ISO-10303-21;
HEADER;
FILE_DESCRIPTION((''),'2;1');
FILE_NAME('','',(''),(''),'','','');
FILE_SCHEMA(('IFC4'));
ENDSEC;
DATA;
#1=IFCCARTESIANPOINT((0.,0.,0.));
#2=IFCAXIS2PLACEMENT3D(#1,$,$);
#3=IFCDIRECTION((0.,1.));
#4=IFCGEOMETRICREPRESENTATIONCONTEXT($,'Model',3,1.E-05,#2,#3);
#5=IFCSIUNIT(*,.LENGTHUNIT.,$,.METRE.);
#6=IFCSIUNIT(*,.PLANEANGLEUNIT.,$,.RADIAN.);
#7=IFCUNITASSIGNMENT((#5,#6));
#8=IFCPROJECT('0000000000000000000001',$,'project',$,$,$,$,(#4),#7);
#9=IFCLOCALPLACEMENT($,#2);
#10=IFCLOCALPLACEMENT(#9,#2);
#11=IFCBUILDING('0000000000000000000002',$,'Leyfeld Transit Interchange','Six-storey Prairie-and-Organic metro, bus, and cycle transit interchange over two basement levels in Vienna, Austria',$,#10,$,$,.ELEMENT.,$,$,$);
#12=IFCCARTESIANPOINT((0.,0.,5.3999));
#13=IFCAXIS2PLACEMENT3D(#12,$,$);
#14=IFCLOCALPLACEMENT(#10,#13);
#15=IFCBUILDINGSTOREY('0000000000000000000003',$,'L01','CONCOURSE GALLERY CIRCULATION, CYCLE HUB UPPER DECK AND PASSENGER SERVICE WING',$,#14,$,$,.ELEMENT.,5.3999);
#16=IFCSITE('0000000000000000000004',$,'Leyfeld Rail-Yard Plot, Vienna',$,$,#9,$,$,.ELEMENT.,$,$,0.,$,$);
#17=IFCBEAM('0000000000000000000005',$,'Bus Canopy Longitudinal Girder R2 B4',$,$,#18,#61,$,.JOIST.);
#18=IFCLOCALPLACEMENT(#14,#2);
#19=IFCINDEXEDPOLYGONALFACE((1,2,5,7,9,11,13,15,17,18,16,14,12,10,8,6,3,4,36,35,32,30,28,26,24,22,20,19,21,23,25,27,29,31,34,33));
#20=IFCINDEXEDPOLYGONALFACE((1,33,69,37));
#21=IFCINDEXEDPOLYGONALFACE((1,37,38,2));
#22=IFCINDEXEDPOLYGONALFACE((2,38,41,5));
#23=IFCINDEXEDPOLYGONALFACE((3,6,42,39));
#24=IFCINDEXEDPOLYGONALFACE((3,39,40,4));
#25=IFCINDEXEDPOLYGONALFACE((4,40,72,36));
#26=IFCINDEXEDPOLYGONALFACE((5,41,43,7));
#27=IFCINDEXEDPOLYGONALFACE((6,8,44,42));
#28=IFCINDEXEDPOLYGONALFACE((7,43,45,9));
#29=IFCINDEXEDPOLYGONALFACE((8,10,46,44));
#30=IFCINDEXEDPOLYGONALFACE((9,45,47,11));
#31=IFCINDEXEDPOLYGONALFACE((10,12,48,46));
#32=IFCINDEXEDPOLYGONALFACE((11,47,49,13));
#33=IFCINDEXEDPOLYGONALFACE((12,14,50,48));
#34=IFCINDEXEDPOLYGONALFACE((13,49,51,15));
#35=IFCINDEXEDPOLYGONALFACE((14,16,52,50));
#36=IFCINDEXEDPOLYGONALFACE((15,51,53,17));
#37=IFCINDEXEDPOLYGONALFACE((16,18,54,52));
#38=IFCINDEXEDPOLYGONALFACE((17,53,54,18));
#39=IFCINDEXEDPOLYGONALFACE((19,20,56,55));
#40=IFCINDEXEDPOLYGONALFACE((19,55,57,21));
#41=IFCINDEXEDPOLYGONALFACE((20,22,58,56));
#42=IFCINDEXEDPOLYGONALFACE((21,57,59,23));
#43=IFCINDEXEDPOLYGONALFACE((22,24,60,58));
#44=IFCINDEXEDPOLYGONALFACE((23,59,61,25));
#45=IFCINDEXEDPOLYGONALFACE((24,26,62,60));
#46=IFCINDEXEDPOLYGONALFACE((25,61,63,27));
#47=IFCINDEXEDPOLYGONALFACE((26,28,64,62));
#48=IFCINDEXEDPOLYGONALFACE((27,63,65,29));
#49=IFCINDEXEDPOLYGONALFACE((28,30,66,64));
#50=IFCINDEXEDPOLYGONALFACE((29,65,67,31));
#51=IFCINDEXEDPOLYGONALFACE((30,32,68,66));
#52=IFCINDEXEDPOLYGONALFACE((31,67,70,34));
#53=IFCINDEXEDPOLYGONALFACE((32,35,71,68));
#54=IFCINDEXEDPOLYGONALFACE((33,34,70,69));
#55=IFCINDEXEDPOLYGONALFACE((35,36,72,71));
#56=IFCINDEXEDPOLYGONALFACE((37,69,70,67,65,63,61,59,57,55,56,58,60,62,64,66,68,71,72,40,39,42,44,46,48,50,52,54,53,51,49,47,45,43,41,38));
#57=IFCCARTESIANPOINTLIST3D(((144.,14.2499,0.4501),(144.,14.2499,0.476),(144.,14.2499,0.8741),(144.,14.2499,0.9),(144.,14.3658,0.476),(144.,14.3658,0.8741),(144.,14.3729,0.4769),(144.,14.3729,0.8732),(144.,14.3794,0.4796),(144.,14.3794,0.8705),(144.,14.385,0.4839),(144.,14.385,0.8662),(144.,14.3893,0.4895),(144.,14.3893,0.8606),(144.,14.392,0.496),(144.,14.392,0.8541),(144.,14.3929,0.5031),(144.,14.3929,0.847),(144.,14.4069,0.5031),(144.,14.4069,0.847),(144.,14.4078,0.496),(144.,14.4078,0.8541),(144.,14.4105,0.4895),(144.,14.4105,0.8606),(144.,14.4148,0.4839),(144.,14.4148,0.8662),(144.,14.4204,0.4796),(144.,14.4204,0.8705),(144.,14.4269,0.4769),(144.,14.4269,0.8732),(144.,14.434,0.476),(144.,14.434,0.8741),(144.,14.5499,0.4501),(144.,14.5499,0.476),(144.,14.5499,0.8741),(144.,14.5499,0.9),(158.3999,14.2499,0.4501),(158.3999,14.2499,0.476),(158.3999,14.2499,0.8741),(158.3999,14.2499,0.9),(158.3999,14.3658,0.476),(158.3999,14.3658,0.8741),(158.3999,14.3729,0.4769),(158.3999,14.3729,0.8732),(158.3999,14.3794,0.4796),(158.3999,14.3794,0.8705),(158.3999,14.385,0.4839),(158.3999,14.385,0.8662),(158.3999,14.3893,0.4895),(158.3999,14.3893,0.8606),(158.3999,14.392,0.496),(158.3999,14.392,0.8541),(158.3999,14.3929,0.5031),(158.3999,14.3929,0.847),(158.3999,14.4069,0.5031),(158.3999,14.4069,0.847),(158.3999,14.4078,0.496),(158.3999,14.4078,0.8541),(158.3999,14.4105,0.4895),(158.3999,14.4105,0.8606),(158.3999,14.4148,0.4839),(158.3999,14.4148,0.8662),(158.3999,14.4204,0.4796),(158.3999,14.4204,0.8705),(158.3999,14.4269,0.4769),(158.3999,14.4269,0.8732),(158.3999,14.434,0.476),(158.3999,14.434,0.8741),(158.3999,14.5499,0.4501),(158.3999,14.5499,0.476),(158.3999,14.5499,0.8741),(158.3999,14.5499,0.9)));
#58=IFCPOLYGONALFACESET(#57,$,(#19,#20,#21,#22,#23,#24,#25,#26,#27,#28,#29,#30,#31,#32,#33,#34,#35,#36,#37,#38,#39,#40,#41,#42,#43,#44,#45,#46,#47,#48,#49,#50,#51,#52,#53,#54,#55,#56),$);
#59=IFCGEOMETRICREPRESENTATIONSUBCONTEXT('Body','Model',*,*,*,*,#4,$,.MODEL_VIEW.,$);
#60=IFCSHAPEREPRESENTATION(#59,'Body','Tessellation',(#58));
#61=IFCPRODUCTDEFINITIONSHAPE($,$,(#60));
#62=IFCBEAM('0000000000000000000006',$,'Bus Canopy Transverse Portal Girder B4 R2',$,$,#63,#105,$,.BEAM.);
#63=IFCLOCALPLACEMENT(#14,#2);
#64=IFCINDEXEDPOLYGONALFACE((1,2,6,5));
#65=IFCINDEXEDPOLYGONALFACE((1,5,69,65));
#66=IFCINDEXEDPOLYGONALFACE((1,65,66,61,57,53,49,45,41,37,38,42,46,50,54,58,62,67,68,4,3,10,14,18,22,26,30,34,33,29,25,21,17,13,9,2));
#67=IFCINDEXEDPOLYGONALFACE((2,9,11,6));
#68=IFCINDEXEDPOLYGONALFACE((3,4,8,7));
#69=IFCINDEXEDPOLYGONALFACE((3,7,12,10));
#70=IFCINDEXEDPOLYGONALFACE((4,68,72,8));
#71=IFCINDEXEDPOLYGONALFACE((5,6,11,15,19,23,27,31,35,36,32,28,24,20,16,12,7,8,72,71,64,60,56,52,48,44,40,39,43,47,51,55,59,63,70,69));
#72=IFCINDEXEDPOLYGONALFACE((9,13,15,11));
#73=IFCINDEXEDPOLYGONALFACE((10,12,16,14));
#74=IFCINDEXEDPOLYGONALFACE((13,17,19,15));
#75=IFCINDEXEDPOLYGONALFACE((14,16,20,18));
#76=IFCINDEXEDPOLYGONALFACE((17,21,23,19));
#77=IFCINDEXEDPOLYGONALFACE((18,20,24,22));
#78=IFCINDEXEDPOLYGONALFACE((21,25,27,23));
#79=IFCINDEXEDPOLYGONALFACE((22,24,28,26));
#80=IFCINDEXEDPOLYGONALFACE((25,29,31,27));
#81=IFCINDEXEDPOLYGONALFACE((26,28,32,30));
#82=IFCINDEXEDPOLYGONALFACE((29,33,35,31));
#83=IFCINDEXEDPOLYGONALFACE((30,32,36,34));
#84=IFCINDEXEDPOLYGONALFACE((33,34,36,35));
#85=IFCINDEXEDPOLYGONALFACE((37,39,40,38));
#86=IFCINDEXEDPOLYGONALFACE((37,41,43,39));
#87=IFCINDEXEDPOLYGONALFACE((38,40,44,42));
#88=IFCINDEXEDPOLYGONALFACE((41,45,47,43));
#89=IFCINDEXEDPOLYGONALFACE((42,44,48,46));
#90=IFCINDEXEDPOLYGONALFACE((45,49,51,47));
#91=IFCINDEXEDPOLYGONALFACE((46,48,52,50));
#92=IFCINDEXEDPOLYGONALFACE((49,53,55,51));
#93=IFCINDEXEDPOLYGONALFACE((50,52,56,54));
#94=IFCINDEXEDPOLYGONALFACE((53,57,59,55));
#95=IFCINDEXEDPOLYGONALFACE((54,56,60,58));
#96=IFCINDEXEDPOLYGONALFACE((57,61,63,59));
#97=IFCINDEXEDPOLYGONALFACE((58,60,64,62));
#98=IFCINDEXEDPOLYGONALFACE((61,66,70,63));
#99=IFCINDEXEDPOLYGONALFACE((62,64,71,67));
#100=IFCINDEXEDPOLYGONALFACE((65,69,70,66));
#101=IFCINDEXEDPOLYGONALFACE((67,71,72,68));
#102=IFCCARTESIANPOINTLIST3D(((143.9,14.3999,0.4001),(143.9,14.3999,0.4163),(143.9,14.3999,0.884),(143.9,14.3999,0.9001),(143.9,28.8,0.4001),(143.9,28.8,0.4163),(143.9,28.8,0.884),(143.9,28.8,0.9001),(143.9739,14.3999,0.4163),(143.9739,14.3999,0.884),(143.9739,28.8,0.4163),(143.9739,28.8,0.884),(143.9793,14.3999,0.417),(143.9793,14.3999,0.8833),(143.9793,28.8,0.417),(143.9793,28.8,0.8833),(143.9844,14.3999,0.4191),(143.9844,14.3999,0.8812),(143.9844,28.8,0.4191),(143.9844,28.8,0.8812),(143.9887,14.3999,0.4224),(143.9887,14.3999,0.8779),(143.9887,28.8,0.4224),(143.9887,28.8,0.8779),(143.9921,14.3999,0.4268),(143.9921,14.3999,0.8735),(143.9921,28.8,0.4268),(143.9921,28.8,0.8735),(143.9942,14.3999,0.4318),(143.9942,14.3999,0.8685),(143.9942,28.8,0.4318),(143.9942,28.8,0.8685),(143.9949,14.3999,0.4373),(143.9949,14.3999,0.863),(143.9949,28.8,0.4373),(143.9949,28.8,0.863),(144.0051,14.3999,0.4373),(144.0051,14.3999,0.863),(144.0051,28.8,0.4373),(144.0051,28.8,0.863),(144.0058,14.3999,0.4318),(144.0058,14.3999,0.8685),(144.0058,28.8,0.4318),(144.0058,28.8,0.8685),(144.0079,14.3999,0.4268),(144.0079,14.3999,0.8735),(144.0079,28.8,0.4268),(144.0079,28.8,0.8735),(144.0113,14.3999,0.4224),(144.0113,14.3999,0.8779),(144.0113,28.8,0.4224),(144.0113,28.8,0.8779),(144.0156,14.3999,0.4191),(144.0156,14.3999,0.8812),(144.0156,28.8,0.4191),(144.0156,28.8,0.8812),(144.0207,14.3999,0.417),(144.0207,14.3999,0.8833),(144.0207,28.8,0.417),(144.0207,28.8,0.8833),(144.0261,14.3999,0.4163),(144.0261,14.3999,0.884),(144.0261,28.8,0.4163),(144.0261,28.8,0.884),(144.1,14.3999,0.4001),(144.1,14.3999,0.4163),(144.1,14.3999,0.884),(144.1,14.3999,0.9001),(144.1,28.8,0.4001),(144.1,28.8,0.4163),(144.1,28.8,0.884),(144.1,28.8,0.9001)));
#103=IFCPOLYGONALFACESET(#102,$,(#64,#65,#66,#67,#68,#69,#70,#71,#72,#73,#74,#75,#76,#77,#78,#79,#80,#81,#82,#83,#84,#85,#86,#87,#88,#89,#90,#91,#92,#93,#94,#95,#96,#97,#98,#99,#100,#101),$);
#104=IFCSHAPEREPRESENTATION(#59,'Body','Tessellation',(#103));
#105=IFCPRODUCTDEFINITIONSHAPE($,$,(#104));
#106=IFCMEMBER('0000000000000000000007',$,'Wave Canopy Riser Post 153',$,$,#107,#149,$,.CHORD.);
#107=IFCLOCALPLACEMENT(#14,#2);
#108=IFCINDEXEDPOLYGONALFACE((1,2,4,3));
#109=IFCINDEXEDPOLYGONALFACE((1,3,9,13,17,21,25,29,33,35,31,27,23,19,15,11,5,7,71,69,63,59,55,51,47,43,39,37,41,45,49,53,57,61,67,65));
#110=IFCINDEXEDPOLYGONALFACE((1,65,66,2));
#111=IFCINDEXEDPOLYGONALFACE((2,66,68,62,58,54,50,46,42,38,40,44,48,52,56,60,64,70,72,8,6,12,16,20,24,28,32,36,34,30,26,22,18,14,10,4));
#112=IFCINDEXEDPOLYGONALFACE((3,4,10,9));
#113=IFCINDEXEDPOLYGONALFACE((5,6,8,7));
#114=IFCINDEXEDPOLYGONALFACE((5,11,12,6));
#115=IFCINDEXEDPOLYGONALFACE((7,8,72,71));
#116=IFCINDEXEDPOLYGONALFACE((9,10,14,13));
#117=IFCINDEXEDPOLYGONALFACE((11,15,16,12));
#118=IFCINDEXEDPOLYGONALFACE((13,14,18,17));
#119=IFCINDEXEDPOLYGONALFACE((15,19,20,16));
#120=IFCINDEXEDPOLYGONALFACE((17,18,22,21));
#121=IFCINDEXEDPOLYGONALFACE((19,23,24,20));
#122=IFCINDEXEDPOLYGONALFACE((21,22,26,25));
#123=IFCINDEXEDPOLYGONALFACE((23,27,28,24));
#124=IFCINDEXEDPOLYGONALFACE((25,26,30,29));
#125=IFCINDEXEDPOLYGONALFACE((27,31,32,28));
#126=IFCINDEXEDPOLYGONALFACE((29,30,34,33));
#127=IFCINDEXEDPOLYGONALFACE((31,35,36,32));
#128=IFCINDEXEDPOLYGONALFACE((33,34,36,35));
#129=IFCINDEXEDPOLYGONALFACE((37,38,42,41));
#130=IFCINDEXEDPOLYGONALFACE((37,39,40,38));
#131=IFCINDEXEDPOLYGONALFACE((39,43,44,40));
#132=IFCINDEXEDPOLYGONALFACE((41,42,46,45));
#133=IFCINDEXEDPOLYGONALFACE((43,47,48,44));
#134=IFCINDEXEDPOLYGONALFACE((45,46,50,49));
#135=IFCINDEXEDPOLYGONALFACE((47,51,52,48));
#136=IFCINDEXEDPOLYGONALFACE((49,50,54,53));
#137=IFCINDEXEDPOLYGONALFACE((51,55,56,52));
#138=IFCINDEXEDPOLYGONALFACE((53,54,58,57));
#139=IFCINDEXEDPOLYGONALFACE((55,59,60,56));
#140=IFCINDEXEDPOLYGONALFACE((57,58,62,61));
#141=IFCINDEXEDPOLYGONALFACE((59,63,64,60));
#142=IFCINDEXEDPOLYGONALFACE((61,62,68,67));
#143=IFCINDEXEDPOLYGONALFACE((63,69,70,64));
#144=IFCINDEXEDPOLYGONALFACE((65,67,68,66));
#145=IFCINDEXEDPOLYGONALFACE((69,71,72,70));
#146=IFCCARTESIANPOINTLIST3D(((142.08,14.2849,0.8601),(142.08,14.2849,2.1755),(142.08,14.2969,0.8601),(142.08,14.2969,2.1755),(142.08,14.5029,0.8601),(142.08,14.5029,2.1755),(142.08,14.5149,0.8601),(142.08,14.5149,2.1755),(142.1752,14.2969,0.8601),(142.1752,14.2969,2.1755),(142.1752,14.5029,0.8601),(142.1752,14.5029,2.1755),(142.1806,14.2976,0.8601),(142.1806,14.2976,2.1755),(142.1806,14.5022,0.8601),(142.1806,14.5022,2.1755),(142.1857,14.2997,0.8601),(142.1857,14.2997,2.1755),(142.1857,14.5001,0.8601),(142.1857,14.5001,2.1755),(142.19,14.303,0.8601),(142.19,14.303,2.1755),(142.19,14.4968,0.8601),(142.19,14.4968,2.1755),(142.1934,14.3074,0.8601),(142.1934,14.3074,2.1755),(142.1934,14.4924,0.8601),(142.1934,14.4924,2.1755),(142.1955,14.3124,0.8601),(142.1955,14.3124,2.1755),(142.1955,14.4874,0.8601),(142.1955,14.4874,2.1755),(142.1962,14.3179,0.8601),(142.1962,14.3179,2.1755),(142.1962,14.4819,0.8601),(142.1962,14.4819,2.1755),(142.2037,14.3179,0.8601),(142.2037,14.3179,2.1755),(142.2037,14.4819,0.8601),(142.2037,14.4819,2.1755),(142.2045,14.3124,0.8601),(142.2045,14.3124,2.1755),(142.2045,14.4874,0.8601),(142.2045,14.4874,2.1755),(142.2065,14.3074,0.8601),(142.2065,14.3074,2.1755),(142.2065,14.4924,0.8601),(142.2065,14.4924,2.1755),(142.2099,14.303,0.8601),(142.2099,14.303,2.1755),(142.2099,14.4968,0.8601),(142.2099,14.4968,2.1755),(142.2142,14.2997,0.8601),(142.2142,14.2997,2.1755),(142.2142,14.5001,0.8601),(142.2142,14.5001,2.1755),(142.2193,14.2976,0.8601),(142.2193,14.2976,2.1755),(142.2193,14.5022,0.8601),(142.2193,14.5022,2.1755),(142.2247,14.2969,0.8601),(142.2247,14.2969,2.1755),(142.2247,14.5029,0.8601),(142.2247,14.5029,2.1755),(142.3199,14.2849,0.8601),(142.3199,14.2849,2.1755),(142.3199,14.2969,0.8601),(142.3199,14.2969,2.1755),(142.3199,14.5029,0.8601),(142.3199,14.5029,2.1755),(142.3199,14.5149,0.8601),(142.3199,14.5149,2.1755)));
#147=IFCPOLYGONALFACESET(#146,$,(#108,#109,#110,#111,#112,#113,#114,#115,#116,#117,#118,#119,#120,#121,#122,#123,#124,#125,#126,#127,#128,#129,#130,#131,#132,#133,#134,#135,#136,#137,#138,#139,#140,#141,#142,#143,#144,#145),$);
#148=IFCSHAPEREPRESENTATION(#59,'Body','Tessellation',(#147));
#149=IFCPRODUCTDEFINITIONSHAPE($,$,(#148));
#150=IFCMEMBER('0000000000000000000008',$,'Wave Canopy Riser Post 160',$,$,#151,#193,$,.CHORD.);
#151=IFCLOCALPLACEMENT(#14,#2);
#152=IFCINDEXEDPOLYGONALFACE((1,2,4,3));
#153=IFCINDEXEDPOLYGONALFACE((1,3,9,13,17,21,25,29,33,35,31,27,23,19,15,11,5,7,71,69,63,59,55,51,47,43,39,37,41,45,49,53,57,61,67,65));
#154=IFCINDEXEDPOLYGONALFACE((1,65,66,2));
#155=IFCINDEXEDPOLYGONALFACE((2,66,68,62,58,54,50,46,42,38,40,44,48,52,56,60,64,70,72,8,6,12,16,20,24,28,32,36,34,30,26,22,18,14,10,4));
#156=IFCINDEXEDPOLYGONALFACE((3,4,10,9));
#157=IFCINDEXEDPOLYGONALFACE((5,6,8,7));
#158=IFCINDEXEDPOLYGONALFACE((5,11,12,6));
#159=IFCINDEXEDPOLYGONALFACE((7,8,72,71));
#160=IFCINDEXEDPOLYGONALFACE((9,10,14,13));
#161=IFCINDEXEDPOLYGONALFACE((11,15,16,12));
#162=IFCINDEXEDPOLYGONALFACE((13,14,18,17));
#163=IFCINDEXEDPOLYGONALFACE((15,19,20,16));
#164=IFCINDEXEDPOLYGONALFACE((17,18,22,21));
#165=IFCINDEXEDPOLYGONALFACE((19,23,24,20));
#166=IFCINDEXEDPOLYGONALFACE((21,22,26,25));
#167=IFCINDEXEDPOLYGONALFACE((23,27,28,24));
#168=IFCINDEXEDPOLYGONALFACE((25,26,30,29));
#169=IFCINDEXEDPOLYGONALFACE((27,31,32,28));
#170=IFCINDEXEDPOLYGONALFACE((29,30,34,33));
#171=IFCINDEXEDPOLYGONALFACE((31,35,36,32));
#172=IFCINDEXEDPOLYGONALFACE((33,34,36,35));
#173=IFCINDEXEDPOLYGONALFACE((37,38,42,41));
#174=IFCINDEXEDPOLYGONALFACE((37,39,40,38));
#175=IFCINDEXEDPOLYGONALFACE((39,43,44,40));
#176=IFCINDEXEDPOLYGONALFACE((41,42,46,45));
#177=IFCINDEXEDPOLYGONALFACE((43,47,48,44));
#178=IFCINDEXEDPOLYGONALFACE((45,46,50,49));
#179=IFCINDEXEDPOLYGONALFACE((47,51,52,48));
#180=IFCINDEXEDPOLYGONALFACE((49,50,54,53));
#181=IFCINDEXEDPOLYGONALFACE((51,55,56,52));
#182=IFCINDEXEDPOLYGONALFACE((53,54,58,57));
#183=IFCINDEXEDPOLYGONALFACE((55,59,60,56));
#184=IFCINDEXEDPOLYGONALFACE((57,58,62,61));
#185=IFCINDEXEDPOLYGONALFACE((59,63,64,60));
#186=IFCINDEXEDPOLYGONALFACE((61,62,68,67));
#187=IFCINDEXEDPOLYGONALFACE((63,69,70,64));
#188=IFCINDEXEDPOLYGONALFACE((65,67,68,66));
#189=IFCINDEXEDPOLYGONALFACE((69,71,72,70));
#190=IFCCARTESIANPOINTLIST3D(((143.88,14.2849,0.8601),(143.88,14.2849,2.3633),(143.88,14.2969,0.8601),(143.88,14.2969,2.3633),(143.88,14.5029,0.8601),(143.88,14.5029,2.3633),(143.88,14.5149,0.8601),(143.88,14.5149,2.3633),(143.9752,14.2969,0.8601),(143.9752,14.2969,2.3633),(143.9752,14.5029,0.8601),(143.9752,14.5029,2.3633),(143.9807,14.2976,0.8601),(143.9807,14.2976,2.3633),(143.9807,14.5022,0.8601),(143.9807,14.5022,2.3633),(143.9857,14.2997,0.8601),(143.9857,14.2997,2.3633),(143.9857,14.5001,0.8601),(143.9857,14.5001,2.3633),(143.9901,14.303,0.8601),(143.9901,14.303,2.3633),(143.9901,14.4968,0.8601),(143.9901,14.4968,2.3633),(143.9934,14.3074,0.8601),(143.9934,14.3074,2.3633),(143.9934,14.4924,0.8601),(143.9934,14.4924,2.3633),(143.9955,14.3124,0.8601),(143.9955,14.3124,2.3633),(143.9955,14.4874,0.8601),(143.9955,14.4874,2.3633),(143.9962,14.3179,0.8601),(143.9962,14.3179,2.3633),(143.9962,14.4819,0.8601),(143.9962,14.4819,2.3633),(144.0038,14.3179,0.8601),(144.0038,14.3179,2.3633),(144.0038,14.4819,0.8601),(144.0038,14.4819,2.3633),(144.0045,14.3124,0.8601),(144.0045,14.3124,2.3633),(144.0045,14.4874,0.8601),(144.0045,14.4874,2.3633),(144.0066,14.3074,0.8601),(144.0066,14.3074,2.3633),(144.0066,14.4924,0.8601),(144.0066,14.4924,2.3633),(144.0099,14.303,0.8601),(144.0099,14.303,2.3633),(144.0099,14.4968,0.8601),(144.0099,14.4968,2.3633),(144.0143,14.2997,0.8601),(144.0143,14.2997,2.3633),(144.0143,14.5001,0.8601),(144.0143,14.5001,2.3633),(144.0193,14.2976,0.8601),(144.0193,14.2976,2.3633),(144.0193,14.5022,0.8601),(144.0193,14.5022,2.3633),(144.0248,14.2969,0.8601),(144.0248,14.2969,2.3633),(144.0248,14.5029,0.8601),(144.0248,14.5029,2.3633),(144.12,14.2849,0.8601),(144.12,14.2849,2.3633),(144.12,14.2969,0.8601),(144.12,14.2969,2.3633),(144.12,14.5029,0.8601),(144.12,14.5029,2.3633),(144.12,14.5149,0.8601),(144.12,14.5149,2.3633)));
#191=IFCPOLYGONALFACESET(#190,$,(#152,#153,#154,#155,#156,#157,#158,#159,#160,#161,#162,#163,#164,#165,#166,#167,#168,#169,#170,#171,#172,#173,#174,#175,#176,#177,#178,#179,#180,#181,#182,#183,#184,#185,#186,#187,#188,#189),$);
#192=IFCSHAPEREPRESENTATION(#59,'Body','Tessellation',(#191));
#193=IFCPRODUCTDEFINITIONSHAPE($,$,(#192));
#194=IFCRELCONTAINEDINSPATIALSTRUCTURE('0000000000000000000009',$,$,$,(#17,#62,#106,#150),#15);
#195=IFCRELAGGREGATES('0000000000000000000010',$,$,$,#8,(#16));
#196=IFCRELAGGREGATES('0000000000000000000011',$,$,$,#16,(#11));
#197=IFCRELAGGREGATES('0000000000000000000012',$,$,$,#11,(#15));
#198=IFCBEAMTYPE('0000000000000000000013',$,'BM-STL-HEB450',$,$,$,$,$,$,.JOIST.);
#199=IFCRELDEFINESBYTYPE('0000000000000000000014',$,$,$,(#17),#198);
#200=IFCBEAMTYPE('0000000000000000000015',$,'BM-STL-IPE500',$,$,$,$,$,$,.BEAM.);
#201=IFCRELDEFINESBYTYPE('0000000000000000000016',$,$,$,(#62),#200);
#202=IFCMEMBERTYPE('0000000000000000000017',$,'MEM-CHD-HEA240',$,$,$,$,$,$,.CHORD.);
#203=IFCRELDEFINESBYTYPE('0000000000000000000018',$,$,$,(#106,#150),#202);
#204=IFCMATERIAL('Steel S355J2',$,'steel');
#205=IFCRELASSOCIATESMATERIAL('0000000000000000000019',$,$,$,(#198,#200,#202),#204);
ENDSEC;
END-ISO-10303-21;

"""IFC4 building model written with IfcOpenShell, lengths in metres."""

from ifc_helpers import new_model, si_unit, direction, frame, origin, origin_2d, place, context, subcontext, project, spatial, i_section, extrude, material, material_profile, profile_set, type_object, element, save


model = new_model("IFC4")

# Units and contexts
model_context = context("Model", 3, precision=1e-05, world=origin(), true_north=direction((0.0, 1.0)))
body_context = subcontext(model_context, "Body", "Model", "MODEL_VIEW")
ifc_project = project(units=[si_unit("LENGTHUNIT", "METRE"), si_unit("PLANEANGLEUNIT", "RADIAN")], contexts=[model_context])

# Site, building, storey
site_placement = place(None, origin())
site = spatial("IfcSite", under=ifc_project, at=site_placement, Name="Leyfeld Rail-Yard Plot, Vienna", CompositionType="ELEMENT", RefElevation=0.0)
building_placement = place(site_placement, origin())
building = spatial("IfcBuilding", under=site, at=building_placement, Name="Leyfeld Transit Interchange", Description="Six-storey Prairie-and-Organic metro, bus, and cycle transit interchange over two basement levels in Vienna, Austria", CompositionType="ELEMENT")
storey_placement = place(building_placement, frame((0.0, 0.0, 5.3999)))
storey = spatial("IfcBuildingStorey", under=building, at=storey_placement, Name="L01", Description="CONCOURSE GALLERY CIRCULATION, CYCLE HUB UPPER DECK AND PASSENGER SERVICE WING", CompositionType="ELEMENT", Elevation=5.3999)

# Beams
ifc_material_1 = material(Name="Steel S355J2", Category="steel")
ifc_material_profile_1 = material_profile(ifc_material_1, i_section(OverallWidth=0.3, OverallDepth=0.45, WebThickness=0.0139, FlangeThickness=0.0259, FilletRadius=0.0271, at=origin_2d()), Name="HEB 450")
ifc_profile_set_1 = profile_set([ifc_material_profile_1], Name="Steel S355J2")
beam_type_1 = type_object("IfcBeamType", Name="BM-STL-HEB450", PredefinedType="JOIST", material=ifc_profile_set_1)
beam_1_placement = place(storey_placement, frame((144.0, 14.3999, 0.675), z_axis=(1.0, 0.0, 0.0), x_axis=(0.0, 1.0, 0.0)))
element("IfcBeam", 1, at=beam_1_placement, inside=storey, type_object=beam_type_1, Name="Bus Canopy Longitudinal Girder R2 B4", PredefinedType="JOIST", context=body_context, shape_type="SweptSolid", body=[
    extrude(i_section(OverallWidth=0.3, OverallDepth=0.45, WebThickness=0.0139, FlangeThickness=0.0259, FilletRadius=0.0271, at=origin_2d()), origin(), (0.0, 0.0, 1.0), 14.3999),
])
ifc_material_profile_2 = material_profile(ifc_material_1, i_section(OverallWidth=0.2, OverallDepth=0.5, WebThickness=0.0103, FlangeThickness=0.0161, FilletRadius=0.021, at=origin_2d()), Name="IPE 500")
ifc_profile_set_2 = profile_set([ifc_material_profile_2], Name="Steel S355J2")
beam_type_2 = type_object("IfcBeamType", Name="BM-STL-IPE500", PredefinedType="BEAM", material=ifc_profile_set_2)
beam_2_placement = place(storey_placement, frame((144.0, 14.3999, 0.6501), z_axis=(0.0, 1.0, 0.0), x_axis=(-1.0, 0.0, 0.0)))
element("IfcBeam", 2, at=beam_2_placement, inside=storey, type_object=beam_type_2, Name="Bus Canopy Transverse Portal Girder B4 R2", PredefinedType="BEAM", context=body_context, shape_type="SweptSolid", body=[
    extrude(i_section(OverallWidth=0.2, OverallDepth=0.5, WebThickness=0.0103, FlangeThickness=0.0161, FilletRadius=0.021, at=origin_2d()), origin(), (0.0, 0.0, 1.0), 14.4001),
])

# Members
ifc_material_profile_3 = material_profile(ifc_material_1, i_section(OverallWidth=0.24, OverallDepth=0.23, WebThickness=0.0076, FlangeThickness=0.012, FilletRadius=0.021, at=origin_2d()), Name="HEA 240")
ifc_profile_set_3 = profile_set([ifc_material_profile_3], Name="Steel S355J2")
member_type_1 = type_object("IfcMemberType", Name="MEM-CHD-HEA240", PredefinedType="CHORD", material=ifc_profile_set_3)
member_1_placement = place(storey_placement, frame((142.2, 14.3999, 0.8601), z_axis=(0.0, 0.0, 1.0), x_axis=(1.0, 0.0, 0.0)))
element("IfcMember", 3, at=member_1_placement, inside=storey, type_object=member_type_1, Name="Wave Canopy Riser Post 153", PredefinedType="CHORD", context=body_context, shape_type="SweptSolid", body=[
    extrude(i_section(OverallWidth=0.24, OverallDepth=0.23, WebThickness=0.0076, FlangeThickness=0.012, FilletRadius=0.021, at=origin_2d()), origin(), (0.0, 0.0, 1.0), 1.3154),
])
member_2_placement = place(storey_placement, frame((144.0, 14.3999, 0.8601), z_axis=(0.0, 0.0, 1.0), x_axis=(1.0, 0.0, 0.0)))
element("IfcMember", 4, at=member_2_placement, inside=storey, type_object=member_type_1, Name="Wave Canopy Riser Post 160", PredefinedType="CHORD", context=body_context, shape_type="SweptSolid", body=[
    extrude(i_section(OverallWidth=0.24, OverallDepth=0.23, WebThickness=0.0076, FlangeThickness=0.012, FilletRadius=0.021, at=origin_2d()), origin(), (0.0, 0.0, 1.0), 1.5032),
])

save(model, "model.ifc")
